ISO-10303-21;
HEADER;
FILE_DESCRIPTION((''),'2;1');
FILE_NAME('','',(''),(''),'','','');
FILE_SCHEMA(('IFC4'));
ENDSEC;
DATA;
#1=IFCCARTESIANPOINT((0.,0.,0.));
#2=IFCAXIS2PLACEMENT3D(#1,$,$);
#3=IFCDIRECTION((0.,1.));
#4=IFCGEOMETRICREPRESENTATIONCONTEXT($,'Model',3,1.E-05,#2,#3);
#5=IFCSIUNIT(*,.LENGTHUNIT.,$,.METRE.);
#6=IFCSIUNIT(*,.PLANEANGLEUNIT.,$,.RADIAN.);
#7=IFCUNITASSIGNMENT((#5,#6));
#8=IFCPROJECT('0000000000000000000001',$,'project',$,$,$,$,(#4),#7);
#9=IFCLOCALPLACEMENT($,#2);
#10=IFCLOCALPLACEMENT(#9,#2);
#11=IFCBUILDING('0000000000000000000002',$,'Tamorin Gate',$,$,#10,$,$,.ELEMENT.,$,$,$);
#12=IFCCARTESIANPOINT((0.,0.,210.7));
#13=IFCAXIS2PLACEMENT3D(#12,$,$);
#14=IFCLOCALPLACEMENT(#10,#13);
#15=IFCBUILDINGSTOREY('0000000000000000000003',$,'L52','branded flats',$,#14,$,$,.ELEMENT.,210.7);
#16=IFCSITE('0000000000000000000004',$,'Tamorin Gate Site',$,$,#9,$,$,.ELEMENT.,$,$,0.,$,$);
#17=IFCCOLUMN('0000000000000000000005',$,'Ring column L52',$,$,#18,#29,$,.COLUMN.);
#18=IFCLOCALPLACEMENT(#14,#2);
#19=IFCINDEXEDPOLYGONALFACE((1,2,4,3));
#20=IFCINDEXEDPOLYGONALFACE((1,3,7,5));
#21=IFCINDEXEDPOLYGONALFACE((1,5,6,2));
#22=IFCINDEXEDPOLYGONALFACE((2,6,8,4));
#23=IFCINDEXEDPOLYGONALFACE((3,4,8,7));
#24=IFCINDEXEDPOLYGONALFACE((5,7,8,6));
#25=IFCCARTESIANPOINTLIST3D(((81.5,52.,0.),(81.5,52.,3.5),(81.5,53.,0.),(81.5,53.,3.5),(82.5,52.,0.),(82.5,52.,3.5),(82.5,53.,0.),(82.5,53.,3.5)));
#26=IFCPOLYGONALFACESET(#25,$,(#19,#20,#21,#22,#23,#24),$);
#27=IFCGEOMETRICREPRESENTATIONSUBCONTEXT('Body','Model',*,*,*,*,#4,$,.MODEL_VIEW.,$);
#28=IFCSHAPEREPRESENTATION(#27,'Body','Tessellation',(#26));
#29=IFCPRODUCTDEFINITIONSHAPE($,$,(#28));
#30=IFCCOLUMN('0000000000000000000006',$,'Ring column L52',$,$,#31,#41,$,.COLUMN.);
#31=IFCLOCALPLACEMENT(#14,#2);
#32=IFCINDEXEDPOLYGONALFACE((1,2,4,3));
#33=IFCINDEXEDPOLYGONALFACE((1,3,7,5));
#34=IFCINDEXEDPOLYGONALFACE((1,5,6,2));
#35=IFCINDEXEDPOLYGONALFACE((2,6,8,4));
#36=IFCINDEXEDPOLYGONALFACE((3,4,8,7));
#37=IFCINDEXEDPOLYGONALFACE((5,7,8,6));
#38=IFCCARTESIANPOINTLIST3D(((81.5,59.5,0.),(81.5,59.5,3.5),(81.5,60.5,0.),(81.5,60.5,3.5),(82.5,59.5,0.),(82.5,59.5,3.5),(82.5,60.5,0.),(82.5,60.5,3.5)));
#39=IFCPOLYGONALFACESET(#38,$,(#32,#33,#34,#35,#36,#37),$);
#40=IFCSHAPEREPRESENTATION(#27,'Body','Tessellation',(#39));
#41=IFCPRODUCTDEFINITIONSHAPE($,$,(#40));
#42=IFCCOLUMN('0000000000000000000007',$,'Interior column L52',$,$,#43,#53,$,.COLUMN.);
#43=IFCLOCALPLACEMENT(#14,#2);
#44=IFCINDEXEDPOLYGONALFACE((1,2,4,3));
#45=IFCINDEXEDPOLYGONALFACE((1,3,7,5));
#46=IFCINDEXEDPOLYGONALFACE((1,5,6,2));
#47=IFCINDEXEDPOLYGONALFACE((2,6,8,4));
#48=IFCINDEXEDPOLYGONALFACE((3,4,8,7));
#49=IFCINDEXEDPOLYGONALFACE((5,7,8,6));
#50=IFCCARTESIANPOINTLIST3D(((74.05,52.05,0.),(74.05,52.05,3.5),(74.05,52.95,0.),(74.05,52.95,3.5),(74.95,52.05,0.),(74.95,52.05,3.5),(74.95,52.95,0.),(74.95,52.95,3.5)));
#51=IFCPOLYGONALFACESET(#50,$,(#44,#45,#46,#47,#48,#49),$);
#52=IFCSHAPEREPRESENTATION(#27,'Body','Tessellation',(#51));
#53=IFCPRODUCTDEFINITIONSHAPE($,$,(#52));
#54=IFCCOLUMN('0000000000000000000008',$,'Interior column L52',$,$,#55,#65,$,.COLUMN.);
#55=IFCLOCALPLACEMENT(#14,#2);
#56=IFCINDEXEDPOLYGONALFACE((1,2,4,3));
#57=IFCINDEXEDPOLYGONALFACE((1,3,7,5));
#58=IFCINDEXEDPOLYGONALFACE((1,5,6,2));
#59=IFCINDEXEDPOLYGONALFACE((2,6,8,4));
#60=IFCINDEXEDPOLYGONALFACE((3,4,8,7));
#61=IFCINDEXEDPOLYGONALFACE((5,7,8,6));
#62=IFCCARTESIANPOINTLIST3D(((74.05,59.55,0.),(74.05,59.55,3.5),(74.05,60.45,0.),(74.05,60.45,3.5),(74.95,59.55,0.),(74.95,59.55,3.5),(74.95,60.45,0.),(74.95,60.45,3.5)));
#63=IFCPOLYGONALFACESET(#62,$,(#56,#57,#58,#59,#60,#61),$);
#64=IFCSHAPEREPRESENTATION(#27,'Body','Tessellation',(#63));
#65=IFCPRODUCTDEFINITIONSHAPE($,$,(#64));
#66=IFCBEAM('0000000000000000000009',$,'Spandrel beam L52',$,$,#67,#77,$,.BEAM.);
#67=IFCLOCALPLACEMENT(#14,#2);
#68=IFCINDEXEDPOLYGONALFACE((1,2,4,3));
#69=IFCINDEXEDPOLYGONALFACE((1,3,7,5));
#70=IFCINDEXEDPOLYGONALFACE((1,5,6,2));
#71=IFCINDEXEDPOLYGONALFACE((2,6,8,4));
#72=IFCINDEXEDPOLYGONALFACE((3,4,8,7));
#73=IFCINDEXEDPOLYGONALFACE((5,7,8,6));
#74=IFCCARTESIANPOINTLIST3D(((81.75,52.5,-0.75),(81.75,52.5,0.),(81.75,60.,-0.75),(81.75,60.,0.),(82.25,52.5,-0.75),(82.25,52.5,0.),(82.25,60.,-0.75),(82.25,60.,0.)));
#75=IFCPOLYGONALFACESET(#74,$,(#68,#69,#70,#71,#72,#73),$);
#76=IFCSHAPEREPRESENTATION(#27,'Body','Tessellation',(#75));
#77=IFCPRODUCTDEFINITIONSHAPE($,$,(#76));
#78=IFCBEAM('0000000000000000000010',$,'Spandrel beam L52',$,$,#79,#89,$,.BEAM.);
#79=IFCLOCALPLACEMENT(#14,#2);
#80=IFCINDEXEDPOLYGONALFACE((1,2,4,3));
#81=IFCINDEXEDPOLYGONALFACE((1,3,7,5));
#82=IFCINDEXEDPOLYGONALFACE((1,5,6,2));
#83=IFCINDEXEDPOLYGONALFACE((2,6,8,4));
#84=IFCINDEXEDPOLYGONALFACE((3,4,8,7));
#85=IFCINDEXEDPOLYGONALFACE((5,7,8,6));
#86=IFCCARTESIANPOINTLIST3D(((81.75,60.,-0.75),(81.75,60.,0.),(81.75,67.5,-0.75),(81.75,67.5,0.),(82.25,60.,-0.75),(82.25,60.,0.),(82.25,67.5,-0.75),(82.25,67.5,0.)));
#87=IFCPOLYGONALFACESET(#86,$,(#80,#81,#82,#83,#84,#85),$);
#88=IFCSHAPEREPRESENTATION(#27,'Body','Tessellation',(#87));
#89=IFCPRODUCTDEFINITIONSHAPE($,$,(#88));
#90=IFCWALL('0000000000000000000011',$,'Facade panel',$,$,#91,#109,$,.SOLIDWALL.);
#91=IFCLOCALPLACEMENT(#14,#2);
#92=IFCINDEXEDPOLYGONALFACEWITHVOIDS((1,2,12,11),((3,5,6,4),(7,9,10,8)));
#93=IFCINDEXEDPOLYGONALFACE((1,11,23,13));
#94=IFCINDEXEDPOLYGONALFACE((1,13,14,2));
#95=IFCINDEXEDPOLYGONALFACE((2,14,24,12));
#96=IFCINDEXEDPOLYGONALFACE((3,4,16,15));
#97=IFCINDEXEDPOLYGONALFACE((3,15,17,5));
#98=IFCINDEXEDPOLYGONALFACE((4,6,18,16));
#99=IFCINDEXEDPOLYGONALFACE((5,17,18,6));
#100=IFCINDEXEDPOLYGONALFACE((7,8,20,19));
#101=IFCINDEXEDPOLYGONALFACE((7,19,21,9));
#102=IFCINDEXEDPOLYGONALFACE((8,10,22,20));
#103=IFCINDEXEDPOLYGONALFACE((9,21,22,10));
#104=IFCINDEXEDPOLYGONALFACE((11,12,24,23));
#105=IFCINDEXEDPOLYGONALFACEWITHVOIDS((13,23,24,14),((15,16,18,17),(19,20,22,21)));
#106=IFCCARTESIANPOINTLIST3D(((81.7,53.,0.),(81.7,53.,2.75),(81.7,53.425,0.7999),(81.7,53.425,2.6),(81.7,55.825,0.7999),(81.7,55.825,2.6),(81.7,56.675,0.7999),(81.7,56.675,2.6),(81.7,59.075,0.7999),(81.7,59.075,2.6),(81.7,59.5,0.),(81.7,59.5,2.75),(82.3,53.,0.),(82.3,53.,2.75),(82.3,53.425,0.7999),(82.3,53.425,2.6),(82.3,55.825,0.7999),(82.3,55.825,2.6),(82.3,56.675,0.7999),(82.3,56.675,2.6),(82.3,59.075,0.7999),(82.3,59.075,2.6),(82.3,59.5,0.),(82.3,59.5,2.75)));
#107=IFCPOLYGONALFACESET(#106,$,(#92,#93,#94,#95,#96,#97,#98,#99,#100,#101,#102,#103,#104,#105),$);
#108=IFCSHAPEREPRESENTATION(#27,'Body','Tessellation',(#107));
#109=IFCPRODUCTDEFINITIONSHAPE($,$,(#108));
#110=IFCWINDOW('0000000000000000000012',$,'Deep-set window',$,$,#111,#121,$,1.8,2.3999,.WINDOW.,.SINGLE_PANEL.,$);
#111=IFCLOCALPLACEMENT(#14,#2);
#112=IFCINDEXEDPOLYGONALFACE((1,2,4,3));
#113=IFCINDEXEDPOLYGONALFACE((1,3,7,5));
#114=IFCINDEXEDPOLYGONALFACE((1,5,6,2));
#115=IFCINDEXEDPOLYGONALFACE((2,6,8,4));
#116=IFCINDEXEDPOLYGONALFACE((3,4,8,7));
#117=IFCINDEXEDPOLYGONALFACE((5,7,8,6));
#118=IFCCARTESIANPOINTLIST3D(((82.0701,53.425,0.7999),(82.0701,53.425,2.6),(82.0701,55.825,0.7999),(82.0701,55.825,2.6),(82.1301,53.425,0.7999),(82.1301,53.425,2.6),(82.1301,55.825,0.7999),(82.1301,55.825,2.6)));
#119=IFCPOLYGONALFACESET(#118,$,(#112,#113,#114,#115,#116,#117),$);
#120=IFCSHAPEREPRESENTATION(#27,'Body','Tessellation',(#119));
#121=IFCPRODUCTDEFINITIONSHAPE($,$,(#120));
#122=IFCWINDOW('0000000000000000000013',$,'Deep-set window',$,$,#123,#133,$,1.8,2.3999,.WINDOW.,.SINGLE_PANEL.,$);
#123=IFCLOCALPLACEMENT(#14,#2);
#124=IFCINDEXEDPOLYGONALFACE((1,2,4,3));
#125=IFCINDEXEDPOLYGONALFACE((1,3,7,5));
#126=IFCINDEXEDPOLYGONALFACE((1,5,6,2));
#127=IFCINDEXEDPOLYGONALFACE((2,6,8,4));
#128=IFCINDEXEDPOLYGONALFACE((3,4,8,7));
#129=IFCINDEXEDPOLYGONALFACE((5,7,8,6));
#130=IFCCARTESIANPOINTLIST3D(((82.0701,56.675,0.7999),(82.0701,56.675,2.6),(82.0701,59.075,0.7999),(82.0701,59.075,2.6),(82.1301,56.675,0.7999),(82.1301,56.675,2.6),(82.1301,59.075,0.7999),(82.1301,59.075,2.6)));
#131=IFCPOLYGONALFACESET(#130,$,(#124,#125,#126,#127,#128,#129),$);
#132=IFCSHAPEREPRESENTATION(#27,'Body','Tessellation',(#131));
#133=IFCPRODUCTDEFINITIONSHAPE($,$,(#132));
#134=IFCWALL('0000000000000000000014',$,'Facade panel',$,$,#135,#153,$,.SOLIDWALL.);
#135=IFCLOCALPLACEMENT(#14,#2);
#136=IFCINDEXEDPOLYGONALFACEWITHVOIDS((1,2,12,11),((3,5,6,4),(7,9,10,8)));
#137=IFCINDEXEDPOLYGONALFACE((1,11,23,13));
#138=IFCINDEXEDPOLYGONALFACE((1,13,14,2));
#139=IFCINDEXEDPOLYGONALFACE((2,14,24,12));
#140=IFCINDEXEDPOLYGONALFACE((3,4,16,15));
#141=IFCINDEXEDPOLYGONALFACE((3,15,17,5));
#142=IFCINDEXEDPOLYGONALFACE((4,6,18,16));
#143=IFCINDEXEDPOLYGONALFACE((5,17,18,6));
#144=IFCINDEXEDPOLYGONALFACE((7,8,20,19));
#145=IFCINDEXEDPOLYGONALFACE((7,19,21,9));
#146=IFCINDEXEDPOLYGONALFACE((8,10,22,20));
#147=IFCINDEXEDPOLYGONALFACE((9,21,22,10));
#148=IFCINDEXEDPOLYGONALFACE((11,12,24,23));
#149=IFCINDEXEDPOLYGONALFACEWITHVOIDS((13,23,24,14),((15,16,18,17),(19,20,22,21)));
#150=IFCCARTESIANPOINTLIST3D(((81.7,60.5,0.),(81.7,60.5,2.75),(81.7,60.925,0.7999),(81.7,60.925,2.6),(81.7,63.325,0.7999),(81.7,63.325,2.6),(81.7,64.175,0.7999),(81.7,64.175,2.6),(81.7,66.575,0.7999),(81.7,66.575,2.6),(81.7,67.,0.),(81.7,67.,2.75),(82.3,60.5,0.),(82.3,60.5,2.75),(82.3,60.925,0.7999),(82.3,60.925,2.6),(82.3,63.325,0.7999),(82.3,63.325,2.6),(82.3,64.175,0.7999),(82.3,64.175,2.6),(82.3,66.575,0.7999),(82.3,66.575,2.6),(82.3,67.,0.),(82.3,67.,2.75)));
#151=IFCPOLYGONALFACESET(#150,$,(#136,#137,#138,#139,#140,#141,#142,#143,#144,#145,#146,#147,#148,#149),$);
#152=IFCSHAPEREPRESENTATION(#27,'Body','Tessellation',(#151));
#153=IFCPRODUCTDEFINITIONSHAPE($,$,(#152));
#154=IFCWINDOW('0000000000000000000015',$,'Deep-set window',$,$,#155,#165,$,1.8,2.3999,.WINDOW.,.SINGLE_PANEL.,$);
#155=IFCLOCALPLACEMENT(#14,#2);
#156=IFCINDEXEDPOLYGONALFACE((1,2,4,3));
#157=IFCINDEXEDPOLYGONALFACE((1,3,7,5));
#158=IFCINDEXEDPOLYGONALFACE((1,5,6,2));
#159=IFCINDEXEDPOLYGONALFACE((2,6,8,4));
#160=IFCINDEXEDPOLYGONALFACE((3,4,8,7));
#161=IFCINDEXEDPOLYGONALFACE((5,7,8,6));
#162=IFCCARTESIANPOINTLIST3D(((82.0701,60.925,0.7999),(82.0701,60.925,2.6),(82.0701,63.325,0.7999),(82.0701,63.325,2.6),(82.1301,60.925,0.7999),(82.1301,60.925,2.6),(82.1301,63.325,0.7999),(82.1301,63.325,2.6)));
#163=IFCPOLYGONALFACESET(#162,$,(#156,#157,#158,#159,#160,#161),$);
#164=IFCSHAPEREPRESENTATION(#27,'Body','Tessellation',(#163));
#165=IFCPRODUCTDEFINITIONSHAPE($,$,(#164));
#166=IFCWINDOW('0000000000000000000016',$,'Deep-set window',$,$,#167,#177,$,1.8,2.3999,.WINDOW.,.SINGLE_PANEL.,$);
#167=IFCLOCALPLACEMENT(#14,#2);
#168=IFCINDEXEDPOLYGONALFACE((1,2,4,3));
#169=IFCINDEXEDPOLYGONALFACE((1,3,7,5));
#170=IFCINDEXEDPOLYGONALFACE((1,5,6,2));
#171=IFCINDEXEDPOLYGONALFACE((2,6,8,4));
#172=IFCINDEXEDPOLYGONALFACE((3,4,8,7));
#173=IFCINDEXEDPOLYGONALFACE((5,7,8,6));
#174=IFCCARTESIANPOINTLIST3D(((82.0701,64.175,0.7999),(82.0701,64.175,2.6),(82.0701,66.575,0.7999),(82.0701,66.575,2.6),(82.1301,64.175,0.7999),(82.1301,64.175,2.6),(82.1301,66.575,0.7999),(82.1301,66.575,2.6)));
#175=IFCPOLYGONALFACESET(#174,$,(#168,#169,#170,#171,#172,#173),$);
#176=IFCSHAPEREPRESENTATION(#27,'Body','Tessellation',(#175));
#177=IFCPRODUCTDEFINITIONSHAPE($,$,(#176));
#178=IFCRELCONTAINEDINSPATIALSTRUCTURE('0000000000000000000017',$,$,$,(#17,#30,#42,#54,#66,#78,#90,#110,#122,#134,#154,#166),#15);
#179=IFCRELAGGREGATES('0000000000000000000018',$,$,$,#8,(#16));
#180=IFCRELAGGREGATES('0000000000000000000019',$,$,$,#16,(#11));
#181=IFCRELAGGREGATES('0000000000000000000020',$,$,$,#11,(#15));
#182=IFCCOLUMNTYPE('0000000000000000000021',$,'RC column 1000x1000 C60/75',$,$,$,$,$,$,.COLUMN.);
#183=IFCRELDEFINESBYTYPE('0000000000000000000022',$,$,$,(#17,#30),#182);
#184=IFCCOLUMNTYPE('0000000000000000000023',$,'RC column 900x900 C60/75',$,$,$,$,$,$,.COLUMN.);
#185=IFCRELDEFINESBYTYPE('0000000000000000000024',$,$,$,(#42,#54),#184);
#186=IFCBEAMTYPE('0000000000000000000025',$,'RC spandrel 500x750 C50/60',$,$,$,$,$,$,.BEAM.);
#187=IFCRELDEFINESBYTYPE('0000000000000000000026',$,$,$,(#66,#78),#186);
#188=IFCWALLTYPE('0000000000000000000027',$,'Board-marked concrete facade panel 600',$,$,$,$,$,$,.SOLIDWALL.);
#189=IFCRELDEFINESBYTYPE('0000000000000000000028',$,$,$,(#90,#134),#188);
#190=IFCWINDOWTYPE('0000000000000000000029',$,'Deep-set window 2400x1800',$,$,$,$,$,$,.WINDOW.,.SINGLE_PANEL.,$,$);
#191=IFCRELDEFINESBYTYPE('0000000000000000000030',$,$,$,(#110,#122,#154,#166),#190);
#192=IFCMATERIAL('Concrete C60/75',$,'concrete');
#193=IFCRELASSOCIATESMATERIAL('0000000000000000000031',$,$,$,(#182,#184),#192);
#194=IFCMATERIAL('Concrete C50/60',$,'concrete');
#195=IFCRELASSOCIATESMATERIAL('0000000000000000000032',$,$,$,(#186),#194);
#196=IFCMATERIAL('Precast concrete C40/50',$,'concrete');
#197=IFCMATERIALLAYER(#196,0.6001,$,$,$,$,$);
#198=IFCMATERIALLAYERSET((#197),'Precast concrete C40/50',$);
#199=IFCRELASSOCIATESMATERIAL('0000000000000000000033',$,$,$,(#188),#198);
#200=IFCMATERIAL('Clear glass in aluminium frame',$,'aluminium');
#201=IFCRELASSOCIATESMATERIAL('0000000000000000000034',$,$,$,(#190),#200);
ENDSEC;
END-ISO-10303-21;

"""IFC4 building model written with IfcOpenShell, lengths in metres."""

from ifc_helpers import new_model, si_unit, direction, frame, frame_2d, origin, origin_2d, place, context, subcontext, project, spatial, rectangle, extrude, material, layer, layer_set, material_profile, profile_set, type_object, element, fill, save


model = new_model("IFC4")

# Units and contexts
model_context = context("Model", 3, precision=1e-05, world=origin(), true_north=direction((0.0, 1.0)))
body_context = subcontext(model_context, "Body", "Model", "MODEL_VIEW")
ifc_project = project(units=[si_unit("LENGTHUNIT", "METRE"), si_unit("PLANEANGLEUNIT", "RADIAN")], contexts=[model_context])

# Site, building, storey
site_placement = place(None, origin())
site = spatial("IfcSite", under=ifc_project, at=site_placement, Name="Tamorin Gate Site", CompositionType="ELEMENT", RefElevation=0.0)
building_placement = place(site_placement, origin())
building = spatial("IfcBuilding", under=site, at=building_placement, Name="Tamorin Gate", CompositionType="ELEMENT")
storey_placement = place(building_placement, frame((0.0, 0.0, 210.7)))
storey = spatial("IfcBuildingStorey", under=building, at=storey_placement, Name="L52", Description="branded flats", CompositionType="ELEMENT", Elevation=210.7)

# Columns
ifc_material_1 = material(Name="Concrete C60/75", Category="concrete")
ifc_material_profile_1 = material_profile(ifc_material_1, rectangle(XDim=1.0, YDim=1.0, at=origin_2d()), Name="RC 1000x1000")
ifc_profile_set_1 = profile_set([ifc_material_profile_1], Name="Concrete C60/75")
column_type_1 = type_object("IfcColumnType", Name="RC column 1000x1000 C60/75", PredefinedType="COLUMN", material=ifc_profile_set_1)
for number, where, z_axis, x_axis, name in (
    (1, (82.0, 52.5, 0.0), (0.0, 0.0, 1.0), (1.0, 0.0, 0.0), "Ring column L52"),
    (2, (82.0, 60.0, 0.0), (0.0, 0.0, 1.0), (1.0, 0.0, 0.0), "Ring column L52"),
):
    element("IfcColumn", number, at=place(storey_placement, frame(where, z_axis=z_axis, x_axis=x_axis)), inside=storey, type_object=column_type_1, Name=name, PredefinedType="COLUMN", context=body_context, shape_type="SweptSolid", body=[
        extrude(rectangle(XDim=1.0, YDim=1.0, at=origin_2d()), origin(), (0.0, 0.0, 1.0), 3.5),
    ])
ifc_material_profile_2 = material_profile(ifc_material_1, rectangle(XDim=0.8999, YDim=0.8999, at=origin_2d()), Name="RC 900x900")
ifc_profile_set_2 = profile_set([ifc_material_profile_2], Name="Concrete C60/75")
column_type_2 = type_object("IfcColumnType", Name="RC column 900x900 C60/75", PredefinedType="COLUMN", material=ifc_profile_set_2)
for number, where, z_axis, x_axis, name in (
    (3, (74.5, 52.5, 0.0), (0.0, 0.0, 1.0), (1.0, 0.0, 0.0), "Interior column L52"),
    (4, (74.5, 60.0, 0.0), (0.0, 0.0, 1.0), (1.0, 0.0, 0.0), "Interior column L52"),
):
    element("IfcColumn", number, at=place(storey_placement, frame(where, z_axis=z_axis, x_axis=x_axis)), inside=storey, type_object=column_type_2, Name=name, PredefinedType="COLUMN", context=body_context, shape_type="SweptSolid", body=[
        extrude(rectangle(XDim=0.8999, YDim=0.8999, at=origin_2d()), origin(), (0.0, 0.0, 1.0), 3.5),
    ])

# Beams
ifc_material_2 = material(Name="Concrete C50/60", Category="concrete")
ifc_material_profile_3 = material_profile(ifc_material_2, rectangle(XDim=0.5, YDim=0.75, at=origin_2d()), Name="RC 500x750")
ifc_profile_set_3 = profile_set([ifc_material_profile_3], Name="Concrete C50/60")
beam_type = type_object("IfcBeamType", Name="RC spandrel 500x750 C50/60", PredefinedType="BEAM", material=ifc_profile_set_3)
for number, where, z_axis, x_axis, name in (
    (5, (82.0, 52.5, -0.375), (0.0, 1.0, 0.0), (-1.0, 0.0, 0.0), "Spandrel beam L52"),
    (6, (82.0, 60.0, -0.375), (0.0, 1.0, 0.0), (-1.0, 0.0, 0.0), "Spandrel beam L52"),
):
    element("IfcBeam", number, at=place(storey_placement, frame(where, z_axis=z_axis, x_axis=x_axis)), inside=storey, type_object=beam_type, Name=name, PredefinedType="BEAM", context=body_context, shape_type="SweptSolid", body=[
        extrude(rectangle(XDim=0.5, YDim=0.75, at=origin_2d()), origin(), (0.0, 0.0, 1.0), 7.5),
    ])

# Walls, openings, windows
ifc_material_3 = material(Name="Precast concrete C40/50", Category="concrete")
ifc_layer_1 = layer(ifc_material_3, 0.6001)
ifc_layer_set_1 = layer_set([ifc_layer_1], Name="Precast concrete C40/50")
wall_type_1 = type_object("IfcWallType", Name="Board-marked concrete facade panel 600", PredefinedType="SOLIDWALL", material=ifc_layer_set_1)
wall_1_placement = place(storey_placement, frame((82.0, 53.0, 0.0), z_axis=(0.0, 0.0, 1.0), x_axis=(0.0, 1.0, 0.0)))
wall_1 = element("IfcWall", 7, at=wall_1_placement, inside=storey, type_object=wall_type_1, Name="Facade panel", PredefinedType="SOLIDWALL", context=body_context, shape_type="SweptSolid", body=[
    extrude(rectangle(XDim=6.5, YDim=0.6001, at=frame_2d((3.25, 0.0))), origin(), (0.0, 0.0, 1.0), 2.75),
])
opening_1_placement = place(wall_1_placement, frame((0.425, 0.0, 0.8)))
opening_1 = element("IfcOpeningElement", 8, at=opening_1_placement, cuts=wall_1, PredefinedType="OPENING", context=body_context, shape_type="SweptSolid", body=[
    extrude(rectangle(XDim=2.3999, YDim=1.8, at=frame_2d((1.2, 0.8999))), frame((0.0, 0.3101, 0.0), z_axis=(0.0, -1.0, 0.0), x_axis=(1.0, 0.0, 0.0)), (0.0, 0.0, 1.0), 0.6201),
])
opening_2_placement = place(wall_1_placement, frame((3.675, 0.0, 0.8)))
opening_2 = element("IfcOpeningElement", 9, at=opening_2_placement, cuts=wall_1, PredefinedType="OPENING", context=body_context, shape_type="SweptSolid", body=[
    extrude(rectangle(XDim=2.3999, YDim=1.8, at=frame_2d((1.2, 0.8999))), frame((0.0, 0.3101, 0.0), z_axis=(0.0, -1.0, 0.0), x_axis=(1.0, 0.0, 0.0)), (0.0, 0.0, 1.0), 0.6201),
])
ifc_material_4 = material(Name="Clear glass in aluminium frame", Category="aluminium")
window_type = type_object("IfcWindowType", Name="Deep-set window 2400x1800", PartitioningType="SINGLE_PANEL", PredefinedType="WINDOW", material=ifc_material_4)
window_1_placement = place(opening_1_placement, origin())
window_1 = element("IfcWindow", 10, at=window_1_placement, inside=storey, type_object=window_type, Name="Deep-set window", OverallHeight=1.8, OverallWidth=2.3999, PartitioningType="SINGLE_PANEL", PredefinedType="WINDOW", context=body_context, shape_type="SweptSolid", body=[
    extrude(rectangle(XDim=2.3999, YDim=1.8, at=frame_2d((1.2, 0.8999))), frame((0.0, -0.0701, 0.0), z_axis=(0.0, -1.0, 0.0), x_axis=(1.0, 0.0, 0.0)), (0.0, 0.0, 1.0), 0.0601),
])
fill(opening_1, window_1)
window_2_placement = place(opening_2_placement, origin())
window_2 = element("IfcWindow", 11, at=window_2_placement, inside=storey, type_object=window_type, Name="Deep-set window", OverallHeight=1.8, OverallWidth=2.3999, PartitioningType="SINGLE_PANEL", PredefinedType="WINDOW", context=body_context, shape_type="SweptSolid", body=[
    extrude(rectangle(XDim=2.3999, YDim=1.8, at=frame_2d((1.2, 0.8999))), frame((0.0, -0.0701, 0.0), z_axis=(0.0, -1.0, 0.0), x_axis=(1.0, 0.0, 0.0)), (0.0, 0.0, 1.0), 0.0601),
])
fill(opening_2, window_2)
wall_2_placement = place(storey_placement, frame((82.0, 60.5, 0.0), z_axis=(0.0, 0.0, 1.0), x_axis=(0.0, 1.0, 0.0)))
wall_2 = element("IfcWall", 12, at=wall_2_placement, inside=storey, type_object=wall_type_1, Name="Facade panel", PredefinedType="SOLIDWALL", context=body_context, shape_type="SweptSolid", body=[
    extrude(rectangle(XDim=6.5, YDim=0.6001, at=frame_2d((3.25, 0.0))), origin(), (0.0, 0.0, 1.0), 2.75),
])
opening_3_placement = place(wall_2_placement, frame((0.425, 0.0, 0.8)))
opening_3 = element("IfcOpeningElement", 13, at=opening_3_placement, cuts=wall_2, PredefinedType="OPENING", context=body_context, shape_type="SweptSolid", body=[
    extrude(rectangle(XDim=2.3999, YDim=1.8, at=frame_2d((1.2, 0.8999))), frame((0.0, 0.3101, 0.0), z_axis=(0.0, -1.0, 0.0), x_axis=(1.0, 0.0, 0.0)), (0.0, 0.0, 1.0), 0.6201),
])
opening_4_placement = place(wall_2_placement, frame((3.675, 0.0, 0.8)))
opening_4 = element("IfcOpeningElement", 14, at=opening_4_placement, cuts=wall_2, PredefinedType="OPENING", context=body_context, shape_type="SweptSolid", body=[
    extrude(rectangle(XDim=2.3999, YDim=1.8, at=frame_2d((1.2, 0.8999))), frame((0.0, 0.3101, 0.0), z_axis=(0.0, -1.0, 0.0), x_axis=(1.0, 0.0, 0.0)), (0.0, 0.0, 1.0), 0.6201),
])
window_3_placement = place(opening_3_placement, origin())
window_3 = element("IfcWindow", 15, at=window_3_placement, inside=storey, type_object=window_type, Name="Deep-set window", OverallHeight=1.8, OverallWidth=2.3999, PartitioningType="SINGLE_PANEL", PredefinedType="WINDOW", context=body_context, shape_type="SweptSolid", body=[
    extrude(rectangle(XDim=2.3999, YDim=1.8, at=frame_2d((1.2, 0.8999))), frame((0.0, -0.0701, 0.0), z_axis=(0.0, -1.0, 0.0), x_axis=(1.0, 0.0, 0.0)), (0.0, 0.0, 1.0), 0.0601),
])
fill(opening_3, window_3)
window_4_placement = place(opening_4_placement, origin())
window_4 = element("IfcWindow", 16, at=window_4_placement, inside=storey, type_object=window_type, Name="Deep-set window", OverallHeight=1.8, OverallWidth=2.3999, PartitioningType="SINGLE_PANEL", PredefinedType="WINDOW", context=body_context, shape_type="SweptSolid", body=[
    extrude(rectangle(XDim=2.3999, YDim=1.8, at=frame_2d((1.2, 0.8999))), frame((0.0, -0.0701, 0.0), z_axis=(0.0, -1.0, 0.0), x_axis=(1.0, 0.0, 0.0)), (0.0, 0.0, 1.0), 0.0601),
])
fill(opening_4, window_4)

save(model, "model.ifc")
